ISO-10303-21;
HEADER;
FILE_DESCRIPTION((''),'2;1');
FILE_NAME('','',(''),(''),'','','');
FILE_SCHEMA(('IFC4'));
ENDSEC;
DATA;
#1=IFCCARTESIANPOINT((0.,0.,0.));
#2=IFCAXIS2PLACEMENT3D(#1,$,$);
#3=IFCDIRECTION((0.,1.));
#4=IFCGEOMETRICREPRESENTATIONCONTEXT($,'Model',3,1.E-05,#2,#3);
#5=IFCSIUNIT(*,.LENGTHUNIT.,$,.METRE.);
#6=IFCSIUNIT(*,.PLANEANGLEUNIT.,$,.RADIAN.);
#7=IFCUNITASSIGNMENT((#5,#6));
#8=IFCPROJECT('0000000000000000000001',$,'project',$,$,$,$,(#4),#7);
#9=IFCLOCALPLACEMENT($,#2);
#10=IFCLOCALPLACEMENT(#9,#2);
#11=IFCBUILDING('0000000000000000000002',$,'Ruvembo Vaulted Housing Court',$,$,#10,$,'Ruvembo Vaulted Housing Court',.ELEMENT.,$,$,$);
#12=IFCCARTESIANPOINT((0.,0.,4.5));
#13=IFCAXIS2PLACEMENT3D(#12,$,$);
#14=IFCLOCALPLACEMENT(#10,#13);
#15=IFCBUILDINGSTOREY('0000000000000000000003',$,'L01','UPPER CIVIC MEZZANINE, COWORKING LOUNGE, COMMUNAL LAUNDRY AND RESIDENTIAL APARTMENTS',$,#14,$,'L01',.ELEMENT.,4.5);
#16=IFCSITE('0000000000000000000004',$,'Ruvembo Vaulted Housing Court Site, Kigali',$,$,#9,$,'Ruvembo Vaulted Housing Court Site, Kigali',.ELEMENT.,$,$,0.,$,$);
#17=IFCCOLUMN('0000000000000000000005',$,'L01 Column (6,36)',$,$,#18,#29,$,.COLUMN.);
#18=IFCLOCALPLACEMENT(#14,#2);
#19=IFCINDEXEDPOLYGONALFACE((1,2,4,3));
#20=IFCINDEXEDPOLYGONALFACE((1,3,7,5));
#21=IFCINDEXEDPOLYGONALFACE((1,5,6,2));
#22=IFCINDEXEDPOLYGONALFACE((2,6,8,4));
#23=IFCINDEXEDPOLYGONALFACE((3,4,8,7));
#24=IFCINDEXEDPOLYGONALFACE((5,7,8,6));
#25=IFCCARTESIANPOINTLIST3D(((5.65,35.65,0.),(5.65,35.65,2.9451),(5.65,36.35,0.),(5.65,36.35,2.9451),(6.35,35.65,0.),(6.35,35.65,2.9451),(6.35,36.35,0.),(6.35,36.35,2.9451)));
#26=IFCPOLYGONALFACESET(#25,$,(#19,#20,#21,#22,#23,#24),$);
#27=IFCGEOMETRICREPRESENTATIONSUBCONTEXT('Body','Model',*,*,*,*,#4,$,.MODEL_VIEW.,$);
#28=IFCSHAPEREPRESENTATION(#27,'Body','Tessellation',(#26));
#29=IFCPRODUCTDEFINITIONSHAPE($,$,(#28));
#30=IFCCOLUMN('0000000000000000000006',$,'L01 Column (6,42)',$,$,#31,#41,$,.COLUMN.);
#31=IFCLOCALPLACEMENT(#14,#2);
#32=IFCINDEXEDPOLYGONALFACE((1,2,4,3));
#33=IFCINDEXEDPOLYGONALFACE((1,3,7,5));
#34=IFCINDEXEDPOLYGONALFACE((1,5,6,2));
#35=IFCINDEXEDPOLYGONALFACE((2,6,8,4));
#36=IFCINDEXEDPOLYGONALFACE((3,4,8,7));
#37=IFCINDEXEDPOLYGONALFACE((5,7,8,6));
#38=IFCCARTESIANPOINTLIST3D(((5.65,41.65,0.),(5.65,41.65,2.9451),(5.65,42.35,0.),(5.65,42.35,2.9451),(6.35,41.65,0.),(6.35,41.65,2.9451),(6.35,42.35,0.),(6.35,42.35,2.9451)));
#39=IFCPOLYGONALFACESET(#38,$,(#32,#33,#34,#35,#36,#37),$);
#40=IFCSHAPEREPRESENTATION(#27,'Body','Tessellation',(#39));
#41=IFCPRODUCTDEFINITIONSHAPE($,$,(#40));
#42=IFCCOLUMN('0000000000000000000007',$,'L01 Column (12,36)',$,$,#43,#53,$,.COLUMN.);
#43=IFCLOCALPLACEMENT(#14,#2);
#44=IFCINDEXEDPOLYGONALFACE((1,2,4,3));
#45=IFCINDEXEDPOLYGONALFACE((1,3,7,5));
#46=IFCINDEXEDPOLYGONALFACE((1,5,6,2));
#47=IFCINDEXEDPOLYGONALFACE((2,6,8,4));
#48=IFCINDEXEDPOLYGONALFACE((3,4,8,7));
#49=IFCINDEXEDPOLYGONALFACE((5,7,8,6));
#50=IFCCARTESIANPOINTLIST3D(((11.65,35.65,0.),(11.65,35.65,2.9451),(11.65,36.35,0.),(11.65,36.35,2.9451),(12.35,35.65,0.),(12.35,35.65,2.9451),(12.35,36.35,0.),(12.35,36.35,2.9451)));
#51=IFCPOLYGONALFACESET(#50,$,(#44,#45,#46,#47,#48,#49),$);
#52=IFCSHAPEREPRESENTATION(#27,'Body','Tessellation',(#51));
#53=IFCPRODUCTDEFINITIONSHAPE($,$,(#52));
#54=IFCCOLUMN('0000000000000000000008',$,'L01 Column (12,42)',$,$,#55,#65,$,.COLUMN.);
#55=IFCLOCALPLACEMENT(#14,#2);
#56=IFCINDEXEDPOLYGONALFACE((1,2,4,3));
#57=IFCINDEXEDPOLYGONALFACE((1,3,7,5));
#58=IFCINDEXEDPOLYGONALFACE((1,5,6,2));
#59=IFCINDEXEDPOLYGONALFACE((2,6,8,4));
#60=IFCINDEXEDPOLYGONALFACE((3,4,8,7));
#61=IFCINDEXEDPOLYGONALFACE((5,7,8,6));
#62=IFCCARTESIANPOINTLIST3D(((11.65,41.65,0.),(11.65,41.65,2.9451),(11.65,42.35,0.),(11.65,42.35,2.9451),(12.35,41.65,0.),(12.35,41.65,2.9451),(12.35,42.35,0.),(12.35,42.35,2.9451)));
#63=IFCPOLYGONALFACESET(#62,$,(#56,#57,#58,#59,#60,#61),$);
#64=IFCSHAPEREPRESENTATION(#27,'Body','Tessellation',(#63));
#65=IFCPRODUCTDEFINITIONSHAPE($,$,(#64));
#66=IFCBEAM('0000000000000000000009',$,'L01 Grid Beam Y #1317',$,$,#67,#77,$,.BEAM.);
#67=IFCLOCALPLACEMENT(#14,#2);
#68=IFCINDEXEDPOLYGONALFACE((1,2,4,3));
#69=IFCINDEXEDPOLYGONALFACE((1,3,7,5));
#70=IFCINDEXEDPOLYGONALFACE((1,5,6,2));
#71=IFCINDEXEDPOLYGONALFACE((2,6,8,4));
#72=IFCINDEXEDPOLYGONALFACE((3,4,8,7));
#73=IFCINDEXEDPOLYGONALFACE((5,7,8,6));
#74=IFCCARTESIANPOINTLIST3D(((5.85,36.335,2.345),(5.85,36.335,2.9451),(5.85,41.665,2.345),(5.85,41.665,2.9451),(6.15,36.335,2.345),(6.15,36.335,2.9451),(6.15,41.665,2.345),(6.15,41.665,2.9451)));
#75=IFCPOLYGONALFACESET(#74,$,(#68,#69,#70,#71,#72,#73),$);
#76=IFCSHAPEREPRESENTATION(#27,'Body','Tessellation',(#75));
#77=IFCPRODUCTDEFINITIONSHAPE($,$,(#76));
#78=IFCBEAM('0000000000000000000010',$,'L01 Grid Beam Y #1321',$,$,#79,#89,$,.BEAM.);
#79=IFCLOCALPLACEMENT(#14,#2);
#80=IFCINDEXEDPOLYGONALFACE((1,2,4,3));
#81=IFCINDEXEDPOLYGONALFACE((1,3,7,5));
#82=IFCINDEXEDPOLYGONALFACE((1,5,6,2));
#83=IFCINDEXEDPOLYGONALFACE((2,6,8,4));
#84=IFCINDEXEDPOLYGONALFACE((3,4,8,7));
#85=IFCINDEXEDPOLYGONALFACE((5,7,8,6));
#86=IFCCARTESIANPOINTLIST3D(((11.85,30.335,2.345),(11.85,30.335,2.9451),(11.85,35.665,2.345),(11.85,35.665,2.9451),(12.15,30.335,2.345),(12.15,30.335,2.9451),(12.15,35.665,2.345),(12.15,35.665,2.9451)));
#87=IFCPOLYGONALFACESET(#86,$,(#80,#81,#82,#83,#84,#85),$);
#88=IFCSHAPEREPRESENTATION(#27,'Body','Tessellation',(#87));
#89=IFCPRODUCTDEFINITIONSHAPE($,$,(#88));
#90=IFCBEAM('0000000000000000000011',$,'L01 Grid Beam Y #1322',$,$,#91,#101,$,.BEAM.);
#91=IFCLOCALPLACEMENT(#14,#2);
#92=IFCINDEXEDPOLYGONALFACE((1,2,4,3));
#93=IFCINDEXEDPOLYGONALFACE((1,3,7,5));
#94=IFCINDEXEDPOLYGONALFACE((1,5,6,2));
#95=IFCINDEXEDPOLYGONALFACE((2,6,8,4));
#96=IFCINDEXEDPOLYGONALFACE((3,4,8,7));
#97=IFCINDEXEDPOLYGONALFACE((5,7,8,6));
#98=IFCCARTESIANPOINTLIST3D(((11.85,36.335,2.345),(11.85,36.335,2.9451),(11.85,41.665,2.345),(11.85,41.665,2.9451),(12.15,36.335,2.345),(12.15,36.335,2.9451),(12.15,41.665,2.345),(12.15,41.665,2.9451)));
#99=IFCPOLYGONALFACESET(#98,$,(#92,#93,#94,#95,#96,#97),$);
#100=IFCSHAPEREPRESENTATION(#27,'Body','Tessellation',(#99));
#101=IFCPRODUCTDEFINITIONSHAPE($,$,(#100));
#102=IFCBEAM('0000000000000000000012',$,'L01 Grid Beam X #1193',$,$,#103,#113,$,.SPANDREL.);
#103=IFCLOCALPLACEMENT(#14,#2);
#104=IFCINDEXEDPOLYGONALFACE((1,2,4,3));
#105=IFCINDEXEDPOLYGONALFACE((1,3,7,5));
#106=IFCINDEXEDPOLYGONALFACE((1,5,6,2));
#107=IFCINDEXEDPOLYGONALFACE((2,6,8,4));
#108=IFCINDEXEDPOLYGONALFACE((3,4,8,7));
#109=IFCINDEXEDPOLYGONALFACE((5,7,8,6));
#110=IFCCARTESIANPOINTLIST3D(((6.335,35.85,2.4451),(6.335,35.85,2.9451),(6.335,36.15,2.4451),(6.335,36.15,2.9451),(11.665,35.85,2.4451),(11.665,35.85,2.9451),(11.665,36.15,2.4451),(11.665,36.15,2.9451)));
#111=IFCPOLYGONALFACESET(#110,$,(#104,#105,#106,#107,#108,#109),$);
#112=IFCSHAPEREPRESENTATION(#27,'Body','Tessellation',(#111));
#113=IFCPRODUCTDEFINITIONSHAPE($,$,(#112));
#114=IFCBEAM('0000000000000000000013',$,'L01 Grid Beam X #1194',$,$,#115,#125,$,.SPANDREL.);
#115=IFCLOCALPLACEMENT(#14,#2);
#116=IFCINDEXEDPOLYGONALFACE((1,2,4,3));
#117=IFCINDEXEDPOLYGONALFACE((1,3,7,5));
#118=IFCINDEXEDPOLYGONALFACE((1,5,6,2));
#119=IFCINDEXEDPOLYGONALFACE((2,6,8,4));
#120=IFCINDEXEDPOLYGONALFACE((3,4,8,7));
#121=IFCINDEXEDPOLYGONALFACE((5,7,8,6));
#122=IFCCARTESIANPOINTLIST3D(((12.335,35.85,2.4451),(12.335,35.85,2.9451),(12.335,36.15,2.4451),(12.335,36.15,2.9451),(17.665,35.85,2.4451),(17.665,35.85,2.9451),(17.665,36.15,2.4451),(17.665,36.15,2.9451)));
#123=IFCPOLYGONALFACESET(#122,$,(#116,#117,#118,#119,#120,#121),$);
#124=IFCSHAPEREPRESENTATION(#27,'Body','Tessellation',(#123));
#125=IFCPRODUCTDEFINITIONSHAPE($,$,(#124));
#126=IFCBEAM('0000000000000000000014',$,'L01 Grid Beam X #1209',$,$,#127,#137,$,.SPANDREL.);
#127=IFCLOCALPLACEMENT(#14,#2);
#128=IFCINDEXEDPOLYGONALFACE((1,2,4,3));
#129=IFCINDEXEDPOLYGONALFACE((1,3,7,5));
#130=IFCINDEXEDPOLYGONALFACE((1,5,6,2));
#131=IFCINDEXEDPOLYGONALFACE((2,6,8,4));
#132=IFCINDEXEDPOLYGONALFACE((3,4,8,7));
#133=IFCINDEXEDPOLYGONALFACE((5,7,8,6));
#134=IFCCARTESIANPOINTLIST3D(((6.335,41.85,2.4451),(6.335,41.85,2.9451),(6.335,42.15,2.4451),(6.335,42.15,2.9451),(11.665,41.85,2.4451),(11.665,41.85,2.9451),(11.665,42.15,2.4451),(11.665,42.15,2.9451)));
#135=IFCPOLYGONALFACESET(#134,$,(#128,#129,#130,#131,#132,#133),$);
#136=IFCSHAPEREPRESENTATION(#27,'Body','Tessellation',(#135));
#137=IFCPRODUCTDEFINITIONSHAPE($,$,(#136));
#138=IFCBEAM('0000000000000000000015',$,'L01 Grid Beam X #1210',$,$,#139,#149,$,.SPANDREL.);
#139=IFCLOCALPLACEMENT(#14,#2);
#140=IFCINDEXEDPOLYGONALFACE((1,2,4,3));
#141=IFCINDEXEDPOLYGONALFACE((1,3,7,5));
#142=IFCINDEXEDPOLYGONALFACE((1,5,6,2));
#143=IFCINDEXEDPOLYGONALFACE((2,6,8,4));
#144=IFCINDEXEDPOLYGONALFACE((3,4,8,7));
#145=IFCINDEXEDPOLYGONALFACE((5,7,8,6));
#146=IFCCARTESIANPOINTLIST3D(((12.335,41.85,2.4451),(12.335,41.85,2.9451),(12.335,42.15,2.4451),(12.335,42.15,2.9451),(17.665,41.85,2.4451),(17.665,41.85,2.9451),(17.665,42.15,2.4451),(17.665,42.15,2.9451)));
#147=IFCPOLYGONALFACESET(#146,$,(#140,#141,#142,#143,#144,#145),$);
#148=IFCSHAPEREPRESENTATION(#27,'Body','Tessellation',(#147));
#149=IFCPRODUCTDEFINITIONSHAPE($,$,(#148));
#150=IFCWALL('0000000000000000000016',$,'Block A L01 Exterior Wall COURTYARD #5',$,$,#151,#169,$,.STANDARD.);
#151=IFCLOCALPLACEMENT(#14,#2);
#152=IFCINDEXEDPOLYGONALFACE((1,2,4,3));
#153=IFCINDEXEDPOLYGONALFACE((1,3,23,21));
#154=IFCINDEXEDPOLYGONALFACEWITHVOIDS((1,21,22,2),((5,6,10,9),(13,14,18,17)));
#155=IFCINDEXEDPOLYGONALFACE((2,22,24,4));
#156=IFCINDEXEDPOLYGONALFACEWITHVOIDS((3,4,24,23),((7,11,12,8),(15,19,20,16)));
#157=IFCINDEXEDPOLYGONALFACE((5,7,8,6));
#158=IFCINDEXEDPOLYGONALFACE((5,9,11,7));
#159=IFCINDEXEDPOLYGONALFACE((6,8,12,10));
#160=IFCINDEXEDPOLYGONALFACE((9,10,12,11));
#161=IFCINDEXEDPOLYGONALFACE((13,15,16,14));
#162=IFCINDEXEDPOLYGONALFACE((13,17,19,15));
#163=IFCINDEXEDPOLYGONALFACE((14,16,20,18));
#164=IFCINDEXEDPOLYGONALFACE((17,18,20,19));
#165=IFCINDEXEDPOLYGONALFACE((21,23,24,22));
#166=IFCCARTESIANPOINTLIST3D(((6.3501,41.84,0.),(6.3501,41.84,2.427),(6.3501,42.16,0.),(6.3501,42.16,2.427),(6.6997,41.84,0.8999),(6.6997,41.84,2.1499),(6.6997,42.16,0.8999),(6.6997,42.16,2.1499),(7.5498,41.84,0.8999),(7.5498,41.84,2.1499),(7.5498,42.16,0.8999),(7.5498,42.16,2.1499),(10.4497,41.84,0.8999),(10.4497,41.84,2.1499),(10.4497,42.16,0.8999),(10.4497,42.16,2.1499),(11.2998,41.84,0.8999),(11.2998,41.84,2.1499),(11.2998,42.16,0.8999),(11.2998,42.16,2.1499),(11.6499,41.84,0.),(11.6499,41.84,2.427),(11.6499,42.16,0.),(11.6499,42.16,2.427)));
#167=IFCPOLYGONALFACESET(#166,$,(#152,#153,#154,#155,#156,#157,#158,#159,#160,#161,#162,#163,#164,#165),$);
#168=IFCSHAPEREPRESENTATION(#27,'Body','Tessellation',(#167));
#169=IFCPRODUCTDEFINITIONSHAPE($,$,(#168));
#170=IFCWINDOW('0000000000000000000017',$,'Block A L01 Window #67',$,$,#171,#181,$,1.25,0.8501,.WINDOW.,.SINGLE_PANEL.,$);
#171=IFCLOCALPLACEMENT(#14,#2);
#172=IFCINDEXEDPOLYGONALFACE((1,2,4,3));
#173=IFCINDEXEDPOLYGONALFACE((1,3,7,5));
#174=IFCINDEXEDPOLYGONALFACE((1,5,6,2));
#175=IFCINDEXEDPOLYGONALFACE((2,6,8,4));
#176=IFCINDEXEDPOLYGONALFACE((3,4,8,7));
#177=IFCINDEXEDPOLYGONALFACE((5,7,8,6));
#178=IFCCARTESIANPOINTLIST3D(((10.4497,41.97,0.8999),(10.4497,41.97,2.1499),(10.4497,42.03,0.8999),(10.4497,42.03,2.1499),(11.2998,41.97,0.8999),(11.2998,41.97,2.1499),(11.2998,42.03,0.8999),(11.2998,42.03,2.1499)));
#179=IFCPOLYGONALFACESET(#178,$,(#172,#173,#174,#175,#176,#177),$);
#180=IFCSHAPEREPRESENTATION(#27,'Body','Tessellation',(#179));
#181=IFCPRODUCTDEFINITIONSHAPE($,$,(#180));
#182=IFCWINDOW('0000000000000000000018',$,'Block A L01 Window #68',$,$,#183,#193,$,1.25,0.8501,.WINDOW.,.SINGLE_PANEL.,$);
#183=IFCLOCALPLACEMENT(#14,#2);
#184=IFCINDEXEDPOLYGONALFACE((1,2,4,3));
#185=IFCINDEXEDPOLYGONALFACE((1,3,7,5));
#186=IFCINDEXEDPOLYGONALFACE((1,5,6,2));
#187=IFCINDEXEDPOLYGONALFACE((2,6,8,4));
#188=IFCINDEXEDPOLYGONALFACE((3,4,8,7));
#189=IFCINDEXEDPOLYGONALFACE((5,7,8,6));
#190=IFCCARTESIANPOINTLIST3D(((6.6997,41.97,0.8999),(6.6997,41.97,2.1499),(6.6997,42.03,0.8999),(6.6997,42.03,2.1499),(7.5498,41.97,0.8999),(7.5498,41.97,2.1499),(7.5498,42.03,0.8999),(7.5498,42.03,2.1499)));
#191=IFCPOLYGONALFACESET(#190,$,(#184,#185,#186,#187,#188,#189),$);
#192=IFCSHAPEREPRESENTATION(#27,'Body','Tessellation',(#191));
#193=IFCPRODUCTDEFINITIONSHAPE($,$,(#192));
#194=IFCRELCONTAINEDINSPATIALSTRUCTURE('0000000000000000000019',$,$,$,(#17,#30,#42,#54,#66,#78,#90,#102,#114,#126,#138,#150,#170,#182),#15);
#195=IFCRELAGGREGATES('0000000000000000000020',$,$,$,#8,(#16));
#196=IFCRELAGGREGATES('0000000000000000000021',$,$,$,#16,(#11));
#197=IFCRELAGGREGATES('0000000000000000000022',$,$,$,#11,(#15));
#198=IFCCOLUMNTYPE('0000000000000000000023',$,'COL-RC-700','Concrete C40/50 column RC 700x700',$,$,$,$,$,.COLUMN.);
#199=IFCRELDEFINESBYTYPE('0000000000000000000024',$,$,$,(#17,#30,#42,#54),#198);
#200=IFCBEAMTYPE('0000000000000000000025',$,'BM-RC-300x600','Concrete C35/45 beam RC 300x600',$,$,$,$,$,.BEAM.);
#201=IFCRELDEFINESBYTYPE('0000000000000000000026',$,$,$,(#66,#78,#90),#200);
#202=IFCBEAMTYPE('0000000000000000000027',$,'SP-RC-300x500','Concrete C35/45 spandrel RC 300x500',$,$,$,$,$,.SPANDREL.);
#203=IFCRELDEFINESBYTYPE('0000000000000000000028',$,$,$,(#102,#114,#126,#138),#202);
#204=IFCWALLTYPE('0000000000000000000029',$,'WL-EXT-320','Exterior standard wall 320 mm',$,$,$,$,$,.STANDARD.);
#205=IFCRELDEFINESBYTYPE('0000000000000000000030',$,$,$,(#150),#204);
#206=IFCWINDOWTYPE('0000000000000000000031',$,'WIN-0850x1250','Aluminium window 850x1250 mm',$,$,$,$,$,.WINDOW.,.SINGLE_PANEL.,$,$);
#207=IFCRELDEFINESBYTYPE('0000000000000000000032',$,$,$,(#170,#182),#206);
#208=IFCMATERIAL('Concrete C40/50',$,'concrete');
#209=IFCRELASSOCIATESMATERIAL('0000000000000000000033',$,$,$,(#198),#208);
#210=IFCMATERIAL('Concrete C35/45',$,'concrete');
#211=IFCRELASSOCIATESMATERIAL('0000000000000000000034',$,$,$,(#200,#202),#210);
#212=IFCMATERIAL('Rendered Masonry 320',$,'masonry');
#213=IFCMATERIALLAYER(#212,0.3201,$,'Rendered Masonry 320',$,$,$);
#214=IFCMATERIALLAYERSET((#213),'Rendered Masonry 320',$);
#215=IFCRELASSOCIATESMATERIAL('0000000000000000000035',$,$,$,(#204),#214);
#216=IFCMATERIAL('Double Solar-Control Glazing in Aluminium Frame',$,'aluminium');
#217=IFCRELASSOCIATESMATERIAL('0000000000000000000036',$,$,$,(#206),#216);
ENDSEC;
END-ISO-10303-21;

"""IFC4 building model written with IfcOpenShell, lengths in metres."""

from ifc_helpers import new_model, si_unit, direction, frame, frame_2d, origin, origin_2d, place, context, subcontext, project, spatial, rectangle, extrude, material, layer, layer_set, material_profile, profile_set, type_object, element, fill, save


model = new_model("IFC4")

# Units and contexts
model_context = context("Model", 3, precision=1e-05, world=origin(), true_north=direction((0.0, 1.0)))
body_context = subcontext(model_context, "Body", "Model", "MODEL_VIEW")
ifc_project = project(units=[si_unit("LENGTHUNIT", "METRE"), si_unit("PLANEANGLEUNIT", "RADIAN")], contexts=[model_context])

# Site, building, storey
site_placement = place(None, origin())
site = spatial("IfcSite", under=ifc_project, at=site_placement, Name="Ruvembo Vaulted Housing Court Site, Kigali", LongName="Ruvembo Vaulted Housing Court Site, Kigali", CompositionType="ELEMENT", RefElevation=0.0)
building_placement = place(site_placement, origin())
building = spatial("IfcBuilding", under=site, at=building_placement, Name="Ruvembo Vaulted Housing Court", LongName="Ruvembo Vaulted Housing Court", CompositionType="ELEMENT")
storey_placement = place(building_placement, frame((0.0, 0.0, 4.5)))
storey = spatial("IfcBuildingStorey", under=building, at=storey_placement, Name="L01", Description="UPPER CIVIC MEZZANINE, COWORKING LOUNGE, COMMUNAL LAUNDRY AND RESIDENTIAL APARTMENTS", LongName="L01", CompositionType="ELEMENT", Elevation=4.5)

# Columns
ifc_material_1 = material(Name="Concrete C40/50", Category="concrete")
ifc_material_profile_1 = material_profile(ifc_material_1, rectangle(XDim=0.7, YDim=0.7, at=origin_2d()), Name="RC 700x700")
ifc_profile_set_1 = profile_set([ifc_material_profile_1], Name="Concrete C40/50")
column_type = type_object("IfcColumnType", Name="COL-RC-700", Description="Concrete C40/50 column RC 700x700", PredefinedType="COLUMN", material=ifc_profile_set_1)
for number, where, z_axis, x_axis, name in (
    (1, (6.0, 36.0, 0.0), (0.0, 0.0, 1.0), (1.0, 0.0, 0.0), "L01 Column (6,36)"),
    (2, (6.0, 42.0, 0.0), (0.0, 0.0, 1.0), (1.0, 0.0, 0.0), "L01 Column (6,42)"),
    (3, (12.0, 36.0, 0.0), (0.0, 0.0, 1.0), (1.0, 0.0, 0.0), "L01 Column (12,36)"),
    (4, (12.0, 42.0, 0.0), (0.0, 0.0, 1.0), (1.0, 0.0, 0.0), "L01 Column (12,42)"),
):
    element("IfcColumn", number, at=place(storey_placement, frame(where, z_axis=z_axis, x_axis=x_axis)), inside=storey, type_object=column_type, Name=name, PredefinedType="COLUMN", context=body_context, shape_type="SweptSolid", body=[
        extrude(rectangle(XDim=0.7, YDim=0.7, at=origin_2d()), origin(), (0.0, 0.0, 1.0), 2.9451),
    ])

# Beams
ifc_material_2 = material(Name="Concrete C35/45", Category="concrete")
ifc_material_profile_2 = material_profile(ifc_material_2, rectangle(XDim=0.3, YDim=0.6001, at=origin_2d()), Name="RC 300x600")
ifc_profile_set_2 = profile_set([ifc_material_profile_2], Name="Concrete C35/45")
beam_type_1 = type_object("IfcBeamType", Name="BM-RC-300x600", Description="Concrete C35/45 beam RC 300x600", PredefinedType="BEAM", material=ifc_profile_set_2)
for number, where, z_axis, x_axis, name in (
    (5, (6.0, 36.335, 2.645), (0.0, 1.0, 0.0), (-1.0, 0.0, 0.0), "L01 Grid Beam Y #1317"),
    (6, (12.0, 30.335, 2.645), (0.0, 1.0, 0.0), (-1.0, 0.0, 0.0), "L01 Grid Beam Y #1321"),
    (7, (12.0, 36.335, 2.645), (0.0, 1.0, 0.0), (-1.0, 0.0, 0.0), "L01 Grid Beam Y #1322"),
):
    element("IfcBeam", number, at=place(storey_placement, frame(where, z_axis=z_axis, x_axis=x_axis)), inside=storey, type_object=beam_type_1, Name=name, PredefinedType="BEAM", context=body_context, shape_type="SweptSolid", body=[
        extrude(rectangle(XDim=0.3, YDim=0.6001, at=origin_2d()), origin(), (0.0, 0.0, 1.0), 5.3301),
    ])
ifc_material_profile_3 = material_profile(ifc_material_2, rectangle(XDim=0.3, YDim=0.5, at=origin_2d()), Name="RC 300x500")
ifc_profile_set_3 = profile_set([ifc_material_profile_3], Name="Concrete C35/45")
beam_type_2 = type_object("IfcBeamType", Name="SP-RC-300x500", Description="Concrete C35/45 spandrel RC 300x500", PredefinedType="SPANDREL", material=ifc_profile_set_3)
for number, where, z_axis, x_axis, name in (
    (8, (6.335, 36.0, 2.6951), (1.0, 0.0, 0.0), (0.0, 1.0, 0.0), "L01 Grid Beam X #1193"),
    (9, (12.335, 36.0, 2.6951), (1.0, 0.0, 0.0), (0.0, 1.0, 0.0), "L01 Grid Beam X #1194"),
    (10, (6.335, 42.0, 2.6951), (1.0, 0.0, 0.0), (0.0, 1.0, 0.0), "L01 Grid Beam X #1209"),
    (11, (12.335, 42.0, 2.6951), (1.0, 0.0, 0.0), (0.0, 1.0, 0.0), "L01 Grid Beam X #1210"),
):
    element("IfcBeam", number, at=place(storey_placement, frame(where, z_axis=z_axis, x_axis=x_axis)), inside=storey, type_object=beam_type_2, Name=name, PredefinedType="SPANDREL", context=body_context, shape_type="SweptSolid", body=[
        extrude(rectangle(XDim=0.3, YDim=0.5, at=origin_2d()), origin(), (0.0, 0.0, 1.0), 5.3301),
    ])

# Wall, openings, windows
ifc_material_3 = material(Name="Rendered Masonry 320", Category="masonry")
ifc_layer = layer(ifc_material_3, 0.3201, Name="Rendered Masonry 320")
ifc_layer_set = layer_set([ifc_layer], Name="Rendered Masonry 320")
wall_type = type_object("IfcWallType", Name="WL-EXT-320", Description="Exterior standard wall 320 mm", PredefinedType="STANDARD", material=ifc_layer_set)
wall_placement = place(storey_placement, frame((11.6499, 42.0, 0.0), z_axis=(0.0, 0.0, 1.0), x_axis=(-1.0, 0.0, 0.0)))
wall = element("IfcWall", 12, at=wall_placement, inside=storey, type_object=wall_type, Name="Block A L01 Exterior Wall COURTYARD #5", PredefinedType="STANDARD", context=body_context, shape_type="SweptSolid", body=[
    extrude(rectangle(XDim=5.2998, YDim=0.3201, at=frame_2d((2.6499, 0.0))), origin(), (0.0, 0.0, 1.0), 2.427),
])
opening_1_placement = place(wall_placement, frame((0.3501, 0.0, 0.8999)))
opening_1 = element("IfcOpeningElement", 13, at=opening_1_placement, cuts=wall, PredefinedType="OPENING", context=body_context, shape_type="SweptSolid", body=[
    extrude(rectangle(XDim=0.8501, YDim=1.25, at=frame_2d((0.425, 0.625))), frame((0.0, 0.1699, 0.0), z_axis=(0.0, -1.0, 0.0), x_axis=(1.0, 0.0, 0.0)), (0.0, 0.0, 1.0), 0.3401),
])
opening_2_placement = place(wall_placement, frame((4.1001, 0.0, 0.8999)))
opening_2 = element("IfcOpeningElement", 14, at=opening_2_placement, cuts=wall, PredefinedType="OPENING", context=body_context, shape_type="SweptSolid", body=[
    extrude(rectangle(XDim=0.8501, YDim=1.25, at=frame_2d((0.425, 0.625))), frame((0.0, 0.1699, 0.0), z_axis=(0.0, -1.0, 0.0), x_axis=(1.0, 0.0, 0.0)), (0.0, 0.0, 1.0), 0.3401),
])
ifc_material_4 = material(Name="Double Solar-Control Glazing in Aluminium Frame", Category="aluminium")
window_type = type_object("IfcWindowType", Name="WIN-0850x1250", Description="Aluminium window 850x1250 mm", PartitioningType="SINGLE_PANEL", PredefinedType="WINDOW", material=ifc_material_4)
window_1_placement = place(opening_1_placement, origin())
window_1 = element("IfcWindow", 15, at=window_1_placement, inside=storey, type_object=window_type, Name="Block A L01 Window #67", OverallHeight=1.25, OverallWidth=0.8501, PartitioningType="SINGLE_PANEL", PredefinedType="WINDOW", context=body_context, shape_type="SweptSolid", body=[
    extrude(rectangle(XDim=0.8501, YDim=1.25, at=frame_2d((0.425, 0.625))), frame((0.0, 0.03, 0.0), z_axis=(0.0, -1.0, 0.0), x_axis=(1.0, 0.0, 0.0)), (0.0, 0.0, 1.0), 0.0601),
])
fill(opening_1, window_1)
window_2_placement = place(opening_2_placement, origin())
window_2 = element("IfcWindow", 16, at=window_2_placement, inside=storey, type_object=window_type, Name="Block A L01 Window #68", OverallHeight=1.25, OverallWidth=0.8501, PartitioningType="SINGLE_PANEL", PredefinedType="WINDOW", context=body_context, shape_type="SweptSolid", body=[
    extrude(rectangle(XDim=0.8501, YDim=1.25, at=frame_2d((0.425, 0.625))), frame((0.0, 0.03, 0.0), z_axis=(0.0, -1.0, 0.0), x_axis=(1.0, 0.0, 0.0)), (0.0, 0.0, 1.0), 0.0601),
])
fill(opening_2, window_2)

save(model, "model.ifc")
